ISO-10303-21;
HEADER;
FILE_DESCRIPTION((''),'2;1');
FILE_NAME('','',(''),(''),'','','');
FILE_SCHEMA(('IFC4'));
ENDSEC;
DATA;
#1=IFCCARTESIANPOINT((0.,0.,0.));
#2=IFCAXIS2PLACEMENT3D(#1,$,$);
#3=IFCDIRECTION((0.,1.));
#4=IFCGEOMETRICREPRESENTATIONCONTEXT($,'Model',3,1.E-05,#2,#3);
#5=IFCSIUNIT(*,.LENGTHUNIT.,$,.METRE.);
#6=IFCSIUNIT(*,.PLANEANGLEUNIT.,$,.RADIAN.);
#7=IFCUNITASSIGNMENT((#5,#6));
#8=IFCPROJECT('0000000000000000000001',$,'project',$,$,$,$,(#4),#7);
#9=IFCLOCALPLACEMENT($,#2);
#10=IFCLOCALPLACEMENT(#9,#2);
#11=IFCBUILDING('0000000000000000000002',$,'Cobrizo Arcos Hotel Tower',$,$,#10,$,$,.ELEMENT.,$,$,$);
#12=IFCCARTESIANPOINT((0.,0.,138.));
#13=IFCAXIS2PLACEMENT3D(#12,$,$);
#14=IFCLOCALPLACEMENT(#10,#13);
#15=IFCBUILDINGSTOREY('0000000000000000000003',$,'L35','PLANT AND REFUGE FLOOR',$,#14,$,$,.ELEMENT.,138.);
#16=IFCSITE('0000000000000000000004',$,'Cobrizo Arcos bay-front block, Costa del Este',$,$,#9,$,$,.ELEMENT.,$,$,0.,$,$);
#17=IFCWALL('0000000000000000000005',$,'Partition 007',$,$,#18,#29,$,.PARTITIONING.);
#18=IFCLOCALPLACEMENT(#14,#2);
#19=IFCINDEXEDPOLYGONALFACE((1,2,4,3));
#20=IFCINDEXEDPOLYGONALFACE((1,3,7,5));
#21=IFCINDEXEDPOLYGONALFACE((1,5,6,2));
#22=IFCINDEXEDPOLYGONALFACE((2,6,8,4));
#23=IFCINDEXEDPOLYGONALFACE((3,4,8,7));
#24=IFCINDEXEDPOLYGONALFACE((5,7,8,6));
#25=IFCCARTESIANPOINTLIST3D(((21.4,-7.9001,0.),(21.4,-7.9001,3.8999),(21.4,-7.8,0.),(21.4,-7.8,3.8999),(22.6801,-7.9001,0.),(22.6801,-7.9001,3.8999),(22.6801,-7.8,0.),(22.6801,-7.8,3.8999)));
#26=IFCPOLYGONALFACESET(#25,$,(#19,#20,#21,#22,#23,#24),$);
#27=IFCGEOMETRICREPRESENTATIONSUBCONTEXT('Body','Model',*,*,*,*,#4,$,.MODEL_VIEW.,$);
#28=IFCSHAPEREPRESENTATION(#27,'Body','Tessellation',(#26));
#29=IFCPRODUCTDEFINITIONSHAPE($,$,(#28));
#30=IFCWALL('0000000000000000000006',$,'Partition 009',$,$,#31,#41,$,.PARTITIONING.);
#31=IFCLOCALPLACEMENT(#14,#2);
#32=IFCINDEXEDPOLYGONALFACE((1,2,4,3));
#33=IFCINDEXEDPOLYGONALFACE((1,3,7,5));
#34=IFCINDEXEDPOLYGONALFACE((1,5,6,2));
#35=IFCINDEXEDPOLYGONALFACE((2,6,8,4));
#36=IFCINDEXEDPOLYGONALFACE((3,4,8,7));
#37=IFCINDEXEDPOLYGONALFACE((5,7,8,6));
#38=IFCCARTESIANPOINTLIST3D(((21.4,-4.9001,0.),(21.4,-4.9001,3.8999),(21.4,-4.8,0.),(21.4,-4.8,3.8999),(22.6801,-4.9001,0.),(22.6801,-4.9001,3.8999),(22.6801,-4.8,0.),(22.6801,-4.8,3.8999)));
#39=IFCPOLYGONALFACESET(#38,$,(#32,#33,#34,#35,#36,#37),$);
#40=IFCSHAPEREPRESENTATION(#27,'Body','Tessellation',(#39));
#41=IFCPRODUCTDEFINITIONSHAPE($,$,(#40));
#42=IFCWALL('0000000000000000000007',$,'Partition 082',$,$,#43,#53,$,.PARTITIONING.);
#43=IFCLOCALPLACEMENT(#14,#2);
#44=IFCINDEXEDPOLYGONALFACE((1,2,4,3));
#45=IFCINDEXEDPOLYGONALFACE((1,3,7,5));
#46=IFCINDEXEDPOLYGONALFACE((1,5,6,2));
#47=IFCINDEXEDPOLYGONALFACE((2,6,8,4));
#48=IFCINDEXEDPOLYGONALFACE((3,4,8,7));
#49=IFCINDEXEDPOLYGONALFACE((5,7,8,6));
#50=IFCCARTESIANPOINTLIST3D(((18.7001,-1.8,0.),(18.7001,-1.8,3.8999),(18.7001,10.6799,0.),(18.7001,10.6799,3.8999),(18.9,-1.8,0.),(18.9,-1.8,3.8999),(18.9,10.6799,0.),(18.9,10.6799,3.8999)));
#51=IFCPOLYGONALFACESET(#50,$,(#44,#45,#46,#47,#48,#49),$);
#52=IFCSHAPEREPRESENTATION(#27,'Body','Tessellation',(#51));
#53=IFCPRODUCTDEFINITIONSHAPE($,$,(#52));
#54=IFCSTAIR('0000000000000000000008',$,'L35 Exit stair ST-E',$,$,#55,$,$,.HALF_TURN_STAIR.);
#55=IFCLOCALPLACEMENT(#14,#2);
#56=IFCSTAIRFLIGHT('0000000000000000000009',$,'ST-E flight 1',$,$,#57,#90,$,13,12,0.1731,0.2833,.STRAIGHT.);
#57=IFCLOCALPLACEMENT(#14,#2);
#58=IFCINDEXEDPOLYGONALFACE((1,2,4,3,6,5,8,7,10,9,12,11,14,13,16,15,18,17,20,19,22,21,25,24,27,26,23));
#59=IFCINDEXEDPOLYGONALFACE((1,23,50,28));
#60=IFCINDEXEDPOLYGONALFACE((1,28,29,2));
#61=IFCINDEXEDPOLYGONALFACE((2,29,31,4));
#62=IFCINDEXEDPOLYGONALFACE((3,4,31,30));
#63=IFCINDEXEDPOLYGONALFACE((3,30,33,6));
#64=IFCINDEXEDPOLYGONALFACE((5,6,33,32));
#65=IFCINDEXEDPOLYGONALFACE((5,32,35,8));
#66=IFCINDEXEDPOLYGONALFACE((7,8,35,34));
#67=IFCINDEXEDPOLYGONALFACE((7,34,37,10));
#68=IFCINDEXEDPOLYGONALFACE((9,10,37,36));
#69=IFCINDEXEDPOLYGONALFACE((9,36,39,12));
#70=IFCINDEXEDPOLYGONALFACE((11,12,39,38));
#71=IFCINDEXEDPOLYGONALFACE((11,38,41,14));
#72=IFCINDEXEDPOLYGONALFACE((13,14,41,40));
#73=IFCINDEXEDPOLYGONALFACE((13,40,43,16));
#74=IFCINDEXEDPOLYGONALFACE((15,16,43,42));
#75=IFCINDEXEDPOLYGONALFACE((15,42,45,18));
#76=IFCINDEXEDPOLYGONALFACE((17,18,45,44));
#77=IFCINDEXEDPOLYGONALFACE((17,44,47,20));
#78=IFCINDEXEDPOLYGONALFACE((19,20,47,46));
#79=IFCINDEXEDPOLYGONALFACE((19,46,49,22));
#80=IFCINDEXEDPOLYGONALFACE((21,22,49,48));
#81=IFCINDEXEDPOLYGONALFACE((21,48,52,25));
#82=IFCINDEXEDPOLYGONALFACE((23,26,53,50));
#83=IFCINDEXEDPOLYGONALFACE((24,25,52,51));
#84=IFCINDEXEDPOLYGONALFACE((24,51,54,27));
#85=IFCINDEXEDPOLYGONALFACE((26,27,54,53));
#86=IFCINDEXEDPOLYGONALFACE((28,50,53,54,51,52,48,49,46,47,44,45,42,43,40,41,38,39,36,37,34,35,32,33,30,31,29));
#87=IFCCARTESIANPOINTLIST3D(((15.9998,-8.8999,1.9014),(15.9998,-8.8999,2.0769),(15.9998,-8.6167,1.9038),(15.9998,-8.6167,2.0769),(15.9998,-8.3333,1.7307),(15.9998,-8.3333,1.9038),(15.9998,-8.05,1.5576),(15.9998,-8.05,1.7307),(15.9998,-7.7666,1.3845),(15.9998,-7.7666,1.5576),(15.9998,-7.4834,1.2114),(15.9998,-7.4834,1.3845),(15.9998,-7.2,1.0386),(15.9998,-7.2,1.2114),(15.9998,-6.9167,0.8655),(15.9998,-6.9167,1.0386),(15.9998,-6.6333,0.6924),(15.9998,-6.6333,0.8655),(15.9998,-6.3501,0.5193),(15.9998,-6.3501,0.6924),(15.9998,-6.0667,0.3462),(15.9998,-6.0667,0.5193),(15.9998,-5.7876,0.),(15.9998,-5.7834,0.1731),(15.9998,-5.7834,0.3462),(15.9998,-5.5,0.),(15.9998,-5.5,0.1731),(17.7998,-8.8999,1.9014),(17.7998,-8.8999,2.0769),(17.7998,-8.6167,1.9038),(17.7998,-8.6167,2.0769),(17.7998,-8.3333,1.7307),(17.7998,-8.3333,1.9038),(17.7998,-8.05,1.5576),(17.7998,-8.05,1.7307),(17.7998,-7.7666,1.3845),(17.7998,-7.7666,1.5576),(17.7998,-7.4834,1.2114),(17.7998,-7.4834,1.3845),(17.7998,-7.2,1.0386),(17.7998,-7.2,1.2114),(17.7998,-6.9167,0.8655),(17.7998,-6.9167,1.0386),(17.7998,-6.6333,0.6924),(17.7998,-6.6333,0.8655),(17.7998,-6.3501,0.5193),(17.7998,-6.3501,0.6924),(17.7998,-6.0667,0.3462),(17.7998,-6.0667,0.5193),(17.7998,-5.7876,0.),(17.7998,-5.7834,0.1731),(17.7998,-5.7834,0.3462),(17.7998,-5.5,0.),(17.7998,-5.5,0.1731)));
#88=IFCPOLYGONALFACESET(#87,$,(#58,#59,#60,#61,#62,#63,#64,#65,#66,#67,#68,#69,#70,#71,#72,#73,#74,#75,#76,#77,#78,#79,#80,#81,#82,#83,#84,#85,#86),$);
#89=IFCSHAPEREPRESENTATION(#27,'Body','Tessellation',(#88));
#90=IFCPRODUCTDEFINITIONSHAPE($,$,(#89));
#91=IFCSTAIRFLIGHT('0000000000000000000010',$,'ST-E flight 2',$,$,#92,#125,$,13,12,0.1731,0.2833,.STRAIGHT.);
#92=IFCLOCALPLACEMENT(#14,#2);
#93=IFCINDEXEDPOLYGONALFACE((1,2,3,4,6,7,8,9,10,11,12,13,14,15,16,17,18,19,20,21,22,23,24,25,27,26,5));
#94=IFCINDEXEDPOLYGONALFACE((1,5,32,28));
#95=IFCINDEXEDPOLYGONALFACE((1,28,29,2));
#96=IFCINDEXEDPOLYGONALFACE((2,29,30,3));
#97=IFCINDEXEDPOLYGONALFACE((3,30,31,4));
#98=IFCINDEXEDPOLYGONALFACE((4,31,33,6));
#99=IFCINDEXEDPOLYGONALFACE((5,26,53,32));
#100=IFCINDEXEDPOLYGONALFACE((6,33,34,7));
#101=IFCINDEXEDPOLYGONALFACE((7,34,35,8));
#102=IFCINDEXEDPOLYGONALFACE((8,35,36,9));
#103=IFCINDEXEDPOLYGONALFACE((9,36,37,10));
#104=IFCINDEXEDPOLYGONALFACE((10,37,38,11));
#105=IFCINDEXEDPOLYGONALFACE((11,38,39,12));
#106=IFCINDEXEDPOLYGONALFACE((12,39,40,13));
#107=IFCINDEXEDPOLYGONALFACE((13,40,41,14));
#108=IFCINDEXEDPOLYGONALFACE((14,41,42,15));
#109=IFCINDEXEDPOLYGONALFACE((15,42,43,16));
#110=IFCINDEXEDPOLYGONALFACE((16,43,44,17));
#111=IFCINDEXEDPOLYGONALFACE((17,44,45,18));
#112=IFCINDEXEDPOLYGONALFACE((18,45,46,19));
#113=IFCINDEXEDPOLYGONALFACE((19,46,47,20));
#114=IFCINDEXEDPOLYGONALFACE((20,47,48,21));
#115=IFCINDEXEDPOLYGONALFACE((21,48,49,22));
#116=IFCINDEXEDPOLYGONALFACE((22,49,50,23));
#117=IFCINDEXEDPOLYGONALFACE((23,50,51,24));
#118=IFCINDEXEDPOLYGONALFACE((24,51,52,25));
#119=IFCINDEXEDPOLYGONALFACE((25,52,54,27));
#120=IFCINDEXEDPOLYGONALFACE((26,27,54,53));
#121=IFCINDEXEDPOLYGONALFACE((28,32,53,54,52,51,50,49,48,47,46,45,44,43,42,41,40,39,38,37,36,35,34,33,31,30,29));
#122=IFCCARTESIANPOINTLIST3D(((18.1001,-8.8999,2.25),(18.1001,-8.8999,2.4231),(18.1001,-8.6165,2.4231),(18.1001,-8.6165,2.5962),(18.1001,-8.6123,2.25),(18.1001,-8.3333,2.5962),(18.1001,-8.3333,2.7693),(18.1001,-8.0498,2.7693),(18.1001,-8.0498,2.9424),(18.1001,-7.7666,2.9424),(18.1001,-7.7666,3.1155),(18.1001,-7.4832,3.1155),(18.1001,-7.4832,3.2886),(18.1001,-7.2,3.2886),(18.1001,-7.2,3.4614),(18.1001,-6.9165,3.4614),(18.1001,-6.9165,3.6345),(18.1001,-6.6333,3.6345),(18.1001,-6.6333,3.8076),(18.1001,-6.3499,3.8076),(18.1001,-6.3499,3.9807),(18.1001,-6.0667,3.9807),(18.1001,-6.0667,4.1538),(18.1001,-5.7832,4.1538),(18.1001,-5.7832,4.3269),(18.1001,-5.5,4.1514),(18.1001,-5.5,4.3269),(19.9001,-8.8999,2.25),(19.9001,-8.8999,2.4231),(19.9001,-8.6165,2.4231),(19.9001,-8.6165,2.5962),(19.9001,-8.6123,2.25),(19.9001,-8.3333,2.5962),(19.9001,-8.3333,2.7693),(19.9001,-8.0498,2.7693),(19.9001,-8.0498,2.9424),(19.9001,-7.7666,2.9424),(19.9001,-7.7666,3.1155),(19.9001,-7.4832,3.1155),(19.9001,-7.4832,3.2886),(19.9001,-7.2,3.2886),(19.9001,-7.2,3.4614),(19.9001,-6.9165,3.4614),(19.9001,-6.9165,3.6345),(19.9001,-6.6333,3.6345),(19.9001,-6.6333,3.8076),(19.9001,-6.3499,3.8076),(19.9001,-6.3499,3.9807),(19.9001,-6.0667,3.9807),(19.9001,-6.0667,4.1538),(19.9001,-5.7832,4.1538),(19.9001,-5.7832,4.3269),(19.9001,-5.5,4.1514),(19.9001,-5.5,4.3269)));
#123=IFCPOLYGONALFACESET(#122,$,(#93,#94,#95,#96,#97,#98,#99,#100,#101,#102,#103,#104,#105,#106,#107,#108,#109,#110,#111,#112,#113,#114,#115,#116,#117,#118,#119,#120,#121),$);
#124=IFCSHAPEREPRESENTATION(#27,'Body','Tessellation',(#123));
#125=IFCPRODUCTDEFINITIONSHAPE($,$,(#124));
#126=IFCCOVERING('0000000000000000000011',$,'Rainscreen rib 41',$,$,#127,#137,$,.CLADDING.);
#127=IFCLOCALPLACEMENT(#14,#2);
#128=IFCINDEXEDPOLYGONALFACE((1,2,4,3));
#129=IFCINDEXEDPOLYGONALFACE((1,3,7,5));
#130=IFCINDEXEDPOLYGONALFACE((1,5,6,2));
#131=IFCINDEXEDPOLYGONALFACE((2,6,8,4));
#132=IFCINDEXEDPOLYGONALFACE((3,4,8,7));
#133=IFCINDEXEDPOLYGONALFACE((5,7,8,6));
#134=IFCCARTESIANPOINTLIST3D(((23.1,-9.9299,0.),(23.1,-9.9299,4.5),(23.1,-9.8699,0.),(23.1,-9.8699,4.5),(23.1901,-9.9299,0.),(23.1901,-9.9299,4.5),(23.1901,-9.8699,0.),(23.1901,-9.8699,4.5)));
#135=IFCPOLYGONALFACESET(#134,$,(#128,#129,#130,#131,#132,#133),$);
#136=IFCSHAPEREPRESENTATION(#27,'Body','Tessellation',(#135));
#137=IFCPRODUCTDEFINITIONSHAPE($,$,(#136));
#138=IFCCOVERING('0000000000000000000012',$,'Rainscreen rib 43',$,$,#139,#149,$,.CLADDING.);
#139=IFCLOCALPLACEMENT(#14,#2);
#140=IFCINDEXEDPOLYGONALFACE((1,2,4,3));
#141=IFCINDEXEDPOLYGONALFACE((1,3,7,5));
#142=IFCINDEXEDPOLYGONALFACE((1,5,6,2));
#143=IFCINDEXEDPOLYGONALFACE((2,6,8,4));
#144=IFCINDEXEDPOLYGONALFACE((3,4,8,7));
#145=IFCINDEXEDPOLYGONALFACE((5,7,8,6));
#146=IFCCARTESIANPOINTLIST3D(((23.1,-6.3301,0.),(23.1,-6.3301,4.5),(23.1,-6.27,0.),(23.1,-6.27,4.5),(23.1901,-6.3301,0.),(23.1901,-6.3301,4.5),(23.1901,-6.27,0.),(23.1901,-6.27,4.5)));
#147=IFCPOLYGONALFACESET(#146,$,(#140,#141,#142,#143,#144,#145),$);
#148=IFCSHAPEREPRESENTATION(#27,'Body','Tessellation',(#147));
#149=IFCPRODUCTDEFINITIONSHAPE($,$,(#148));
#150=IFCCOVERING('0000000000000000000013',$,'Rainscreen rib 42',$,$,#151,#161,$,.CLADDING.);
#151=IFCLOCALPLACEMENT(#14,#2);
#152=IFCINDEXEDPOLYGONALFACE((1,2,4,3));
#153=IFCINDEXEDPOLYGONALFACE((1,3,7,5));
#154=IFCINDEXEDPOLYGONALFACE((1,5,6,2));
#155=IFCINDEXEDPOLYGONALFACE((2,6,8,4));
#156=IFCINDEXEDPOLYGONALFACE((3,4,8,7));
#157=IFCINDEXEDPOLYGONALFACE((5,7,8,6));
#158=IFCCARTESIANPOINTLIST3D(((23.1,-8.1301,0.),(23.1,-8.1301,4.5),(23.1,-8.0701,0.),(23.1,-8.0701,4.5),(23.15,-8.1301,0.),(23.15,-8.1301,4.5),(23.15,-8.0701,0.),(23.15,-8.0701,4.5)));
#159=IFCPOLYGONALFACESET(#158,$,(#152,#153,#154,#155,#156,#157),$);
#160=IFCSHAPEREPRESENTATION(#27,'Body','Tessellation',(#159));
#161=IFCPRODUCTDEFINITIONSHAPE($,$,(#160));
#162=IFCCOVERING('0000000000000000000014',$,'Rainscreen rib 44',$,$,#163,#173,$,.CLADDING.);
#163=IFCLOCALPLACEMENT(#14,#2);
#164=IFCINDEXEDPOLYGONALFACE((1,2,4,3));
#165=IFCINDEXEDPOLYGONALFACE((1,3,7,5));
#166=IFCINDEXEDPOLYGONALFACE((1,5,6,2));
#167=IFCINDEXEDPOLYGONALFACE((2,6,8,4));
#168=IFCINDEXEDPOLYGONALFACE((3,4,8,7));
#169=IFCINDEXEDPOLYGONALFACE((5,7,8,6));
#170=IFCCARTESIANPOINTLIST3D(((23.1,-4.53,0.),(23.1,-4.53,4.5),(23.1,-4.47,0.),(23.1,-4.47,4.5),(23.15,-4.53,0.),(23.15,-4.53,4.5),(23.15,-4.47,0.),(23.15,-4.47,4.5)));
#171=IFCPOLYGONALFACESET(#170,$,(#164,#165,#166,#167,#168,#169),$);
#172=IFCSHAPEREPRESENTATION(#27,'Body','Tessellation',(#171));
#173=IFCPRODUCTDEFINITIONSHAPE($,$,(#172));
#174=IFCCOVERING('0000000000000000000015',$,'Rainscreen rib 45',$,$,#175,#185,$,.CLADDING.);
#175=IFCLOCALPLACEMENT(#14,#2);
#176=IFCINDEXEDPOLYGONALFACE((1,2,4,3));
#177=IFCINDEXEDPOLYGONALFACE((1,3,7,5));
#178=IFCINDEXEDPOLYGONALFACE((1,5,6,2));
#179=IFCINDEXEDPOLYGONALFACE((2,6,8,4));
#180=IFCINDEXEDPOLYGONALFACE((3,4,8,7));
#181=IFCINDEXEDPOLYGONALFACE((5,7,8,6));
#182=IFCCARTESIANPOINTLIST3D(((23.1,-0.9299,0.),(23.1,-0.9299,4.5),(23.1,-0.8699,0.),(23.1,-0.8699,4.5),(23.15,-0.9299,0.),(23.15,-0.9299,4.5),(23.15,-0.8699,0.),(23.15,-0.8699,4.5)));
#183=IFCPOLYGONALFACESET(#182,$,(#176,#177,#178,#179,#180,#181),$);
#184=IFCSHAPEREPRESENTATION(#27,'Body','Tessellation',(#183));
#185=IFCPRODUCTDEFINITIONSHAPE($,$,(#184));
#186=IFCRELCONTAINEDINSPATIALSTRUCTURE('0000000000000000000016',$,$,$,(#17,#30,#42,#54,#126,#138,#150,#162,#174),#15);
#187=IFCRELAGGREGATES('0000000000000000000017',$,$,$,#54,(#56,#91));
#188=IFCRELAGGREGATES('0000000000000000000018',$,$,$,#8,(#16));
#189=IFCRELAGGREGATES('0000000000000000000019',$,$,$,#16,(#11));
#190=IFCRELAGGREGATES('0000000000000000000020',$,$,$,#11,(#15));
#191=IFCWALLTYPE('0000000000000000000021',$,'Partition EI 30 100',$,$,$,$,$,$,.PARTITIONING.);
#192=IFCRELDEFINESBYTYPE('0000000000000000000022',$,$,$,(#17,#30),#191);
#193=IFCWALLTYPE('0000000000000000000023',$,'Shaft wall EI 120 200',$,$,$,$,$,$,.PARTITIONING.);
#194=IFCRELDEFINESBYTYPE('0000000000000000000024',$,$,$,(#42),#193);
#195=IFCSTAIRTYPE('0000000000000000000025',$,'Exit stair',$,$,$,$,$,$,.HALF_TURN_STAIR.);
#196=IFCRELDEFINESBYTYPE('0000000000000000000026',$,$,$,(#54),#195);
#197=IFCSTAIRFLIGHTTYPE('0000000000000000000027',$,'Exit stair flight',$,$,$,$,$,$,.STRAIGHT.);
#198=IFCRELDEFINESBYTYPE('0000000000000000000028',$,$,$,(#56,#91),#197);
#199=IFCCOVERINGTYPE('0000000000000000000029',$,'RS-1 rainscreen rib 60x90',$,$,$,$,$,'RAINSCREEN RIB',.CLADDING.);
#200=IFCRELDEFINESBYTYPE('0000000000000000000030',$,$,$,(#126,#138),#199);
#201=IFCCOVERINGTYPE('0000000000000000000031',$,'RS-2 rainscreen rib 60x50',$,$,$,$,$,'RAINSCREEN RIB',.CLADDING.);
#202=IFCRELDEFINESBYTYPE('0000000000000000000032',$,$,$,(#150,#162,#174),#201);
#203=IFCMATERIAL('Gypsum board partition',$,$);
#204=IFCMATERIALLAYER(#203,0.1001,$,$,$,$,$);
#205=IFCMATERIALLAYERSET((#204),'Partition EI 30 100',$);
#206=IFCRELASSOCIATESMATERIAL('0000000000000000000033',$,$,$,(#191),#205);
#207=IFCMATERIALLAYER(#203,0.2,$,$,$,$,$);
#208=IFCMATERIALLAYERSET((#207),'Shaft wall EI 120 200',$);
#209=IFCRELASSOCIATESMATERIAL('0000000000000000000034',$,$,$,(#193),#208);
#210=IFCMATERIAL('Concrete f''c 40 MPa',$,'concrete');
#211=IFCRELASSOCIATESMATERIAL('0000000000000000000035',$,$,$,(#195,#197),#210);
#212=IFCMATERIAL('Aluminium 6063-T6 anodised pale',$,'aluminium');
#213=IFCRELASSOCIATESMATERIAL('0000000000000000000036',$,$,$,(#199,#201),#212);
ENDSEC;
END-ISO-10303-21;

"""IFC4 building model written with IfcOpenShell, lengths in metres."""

from ifc_helpers import new_model, si_unit, direction, frame, frame_2d, origin, origin_2d, place, context, subcontext, project, spatial, polyline, rectangle, outline, extrude, material, layer, layer_set, type_object, element, aggregate, save


model = new_model("IFC4")

# Units and contexts
model_context = context("Model", 3, precision=1e-05, world=origin(), true_north=direction((0.0, 1.0)))
body_context = subcontext(model_context, "Body", "Model", "MODEL_VIEW")
ifc_project = project(units=[si_unit("LENGTHUNIT", "METRE"), si_unit("PLANEANGLEUNIT", "RADIAN")], contexts=[model_context])

# Site, building, storey
site_placement = place(None, origin())
site = spatial("IfcSite", under=ifc_project, at=site_placement, Name="Cobrizo Arcos bay-front block, Costa del Este", CompositionType="ELEMENT", RefElevation=0.0)
building_placement = place(site_placement, origin())
building = spatial("IfcBuilding", under=site, at=building_placement, Name="Cobrizo Arcos Hotel Tower", CompositionType="ELEMENT")
storey_placement = place(building_placement, frame((0.0, 0.0, 138.0)))
storey = spatial("IfcBuildingStorey", under=building, at=storey_placement, Name="L35", Description="PLANT AND REFUGE FLOOR", CompositionType="ELEMENT", Elevation=138.0)

# Walls
ifc_material_1 = material(Name="Gypsum board partition")
ifc_layer_1 = layer(ifc_material_1, 0.1001)
ifc_layer_set_1 = layer_set([ifc_layer_1], Name="Partition EI 30 100")
wall_type_1 = type_object("IfcWallType", Name="Partition EI 30 100", PredefinedType="PARTITIONING", material=ifc_layer_set_1)
for number, where, z_axis, x_axis, name in (
    (1, (21.3999, -7.8501, 0.0), (0.0, 0.0, 1.0), (1.0, 0.0, 0.0), "Partition 007"),
    (2, (21.3999, -4.8501, 0.0), (0.0, 0.0, 1.0), (1.0, 0.0, 0.0), "Partition 009"),
):
    element("IfcWall", number, at=place(storey_placement, frame(where, z_axis=z_axis, x_axis=x_axis)), inside=storey, type_object=wall_type_1, Name=name, PredefinedType="PARTITIONING", context=body_context, shape_type="SweptSolid", body=[
        extrude(rectangle(XDim=1.28, YDim=0.1001, at=frame_2d((0.6401, 0.0))), origin(), (0.0, 0.0, 1.0), 3.8999),
    ])
ifc_layer_2 = layer(ifc_material_1, 0.2)
ifc_layer_set_2 = layer_set([ifc_layer_2], Name="Shaft wall EI 120 200")
wall_type_2 = type_object("IfcWallType", Name="Shaft wall EI 120 200", PredefinedType="PARTITIONING", material=ifc_layer_set_2)
wall_placement = place(storey_placement, frame((18.8, -1.8, 0.0), z_axis=(0.0, 0.0, 1.0), x_axis=(0.0, 1.0, 0.0)))
element("IfcWall", 3, at=wall_placement, inside=storey, type_object=wall_type_2, Name="Partition 082", PredefinedType="PARTITIONING", context=body_context, shape_type="SweptSolid", body=[
    extrude(rectangle(XDim=12.48, YDim=0.2, at=frame_2d((6.24, 0.0))), origin(), (0.0, 0.0, 1.0), 3.8999),
])

# Stair, stair flights
ifc_material_2 = material(Name="Concrete f'c 40 MPa", Category="concrete")
stair_type = type_object("IfcStairType", Name="Exit stair", PredefinedType="HALF_TURN_STAIR", material=ifc_material_2)
stair_placement = place(storey_placement, origin())
stair = element("IfcStair", 4, at=stair_placement, inside=storey, type_object=stair_type, Name="L35 Exit stair ST-E", PredefinedType="HALF_TURN_STAIR")
stair_flight_type = type_object("IfcStairFlightType", Name="Exit stair flight", PredefinedType="STRAIGHT", material=ifc_material_2)
stair_flight_1_placement = place(storey_placement, frame((16.8999, -5.5, 0.0), z_axis=(0.0, 0.0, 1.0), x_axis=(0.0, -1.0, 0.0)))
stair_flight_1 = element("IfcStairFlight", 5, at=stair_flight_1_placement, type_object=stair_flight_type, Name="ST-E flight 1", NumberOfRisers=13, NumberOfTreads=12, PredefinedType="STRAIGHT", RiserHeight=0.1731, TreadLength=0.2833, context=body_context, shape_type="SweptSolid", body=[
    extrude(outline(polyline([(0.0, 0.0), (0.0, 0.1731), (0.2834, 0.1731), (0.2834, 0.3462), (0.5667, 0.3462), (0.5667, 0.5193), (0.8501, 0.5193), (0.8501, 0.6924), (1.1333, 0.6924), (1.1333, 0.8655), (1.4167, 0.8655), (1.4167, 1.0386), (1.7, 1.0386), (1.7, 1.2114), (1.9834, 1.2114), (1.9834, 1.3845), (2.2666, 1.3845), (2.2666, 1.5576), (2.55, 1.5576), (2.55, 1.7307), (2.8333, 1.7307), (2.8333, 1.9038), (3.1167, 1.9038), (3.1167, 2.0769), (3.3999, 2.0769), (3.3999, 2.25), (3.3999, 1.9014), (0.2876, 0.0), (0.0, 0.0)])), frame((0.0, 0.8999, 0.0), z_axis=(0.0, -1.0, 0.0), x_axis=(1.0, 0.0, 0.0)), (0.0, 0.0, 1.0), 1.8),
])
stair_flight_2_placement = place(storey_placement, frame((19.0, -8.8999, 2.25), z_axis=(0.0, 0.0, 1.0), x_axis=(0.0, 1.0, 0.0)))
stair_flight_2 = element("IfcStairFlight", 6, at=stair_flight_2_placement, type_object=stair_flight_type, Name="ST-E flight 2", NumberOfRisers=13, NumberOfTreads=12, PredefinedType="STRAIGHT", RiserHeight=0.1731, TreadLength=0.2833, context=body_context, shape_type="SweptSolid", body=[
    extrude(outline(polyline([(0.0, 0.0), (0.0, 0.1731), (0.2834, 0.1731), (0.2834, 0.3462), (0.5667, 0.3462), (0.5667, 0.5193), (0.8501, 0.5193), (0.8501, 0.6924), (1.1333, 0.6924), (1.1333, 0.8655), (1.4167, 0.8655), (1.4167, 1.0386), (1.7, 1.0386), (1.7, 1.2114), (1.9834, 1.2114), (1.9834, 1.3845), (2.2666, 1.3845), (2.2666, 1.5576), (2.55, 1.5576), (2.55, 1.7307), (2.8333, 1.7307), (2.8333, 1.9038), (3.1167, 1.9038), (3.1167, 2.0769), (3.3999, 2.0769), (3.3999, 2.25), (3.3999, 1.9014), (0.2876, 0.0), (0.0, 0.0)])), frame((0.0, 0.8999, 0.0), z_axis=(0.0, -1.0, 0.0), x_axis=(1.0, 0.0, 0.0)), (0.0, 0.0, 1.0), 1.8),
])
aggregate(stair, [stair_flight_1, stair_flight_2])

# Coverings
ifc_material_3 = material(Name="Aluminium 6063-T6 anodised pale", Category="aluminium")
covering_type_1 = type_object("IfcCoveringType", Name="RS-1 rainscreen rib 60x90", ElementType="RAINSCREEN RIB", PredefinedType="CLADDING", material=ifc_material_3)
for number, where, z_axis, x_axis, name in (
    (7, (23.145, -9.8999, 0.0), (0.0, 0.0, 1.0), (0.0, 1.0, 0.0), "Rainscreen rib 41"),
    (8, (23.145, -6.3, 0.0), (0.0, 0.0, 1.0), (0.0, 1.0, 0.0), "Rainscreen rib 43"),
):
    element("IfcCovering", number, at=place(storey_placement, frame(where, z_axis=z_axis, x_axis=x_axis)), inside=storey, type_object=covering_type_1, Name=name, PredefinedType="CLADDING", context=body_context, shape_type="SweptSolid", body=[
        extrude(rectangle(XDim=0.0601, YDim=0.0901, at=origin_2d()), origin(), (0.0, 0.0, 1.0), 4.5),
    ])
covering_type_2 = type_object("IfcCoveringType", Name="RS-2 rainscreen rib 60x50", ElementType="RAINSCREEN RIB", PredefinedType="CLADDING", material=ifc_material_3)
for number, where, z_axis, x_axis, name in (
    (9, (23.125, -8.1001, 0.0), (0.0, 0.0, 1.0), (0.0, 1.0, 0.0), "Rainscreen rib 42"),
    (10, (23.125, -4.5, 0.0), (0.0, 0.0, 1.0), (0.0, 1.0, 0.0), "Rainscreen rib 44"),
    (11, (23.125, -0.8999, 0.0), (0.0, 0.0, 1.0), (0.0, 1.0, 0.0), "Rainscreen rib 45"),
):
    element("IfcCovering", number, at=place(storey_placement, frame(where, z_axis=z_axis, x_axis=x_axis)), inside=storey, type_object=covering_type_2, Name=name, PredefinedType="CLADDING", context=body_context, shape_type="SweptSolid", body=[
        extrude(rectangle(XDim=0.0601, YDim=0.05, at=origin_2d()), origin(), (0.0, 0.0, 1.0), 4.5),
    ])

save(model, "model.ifc")
